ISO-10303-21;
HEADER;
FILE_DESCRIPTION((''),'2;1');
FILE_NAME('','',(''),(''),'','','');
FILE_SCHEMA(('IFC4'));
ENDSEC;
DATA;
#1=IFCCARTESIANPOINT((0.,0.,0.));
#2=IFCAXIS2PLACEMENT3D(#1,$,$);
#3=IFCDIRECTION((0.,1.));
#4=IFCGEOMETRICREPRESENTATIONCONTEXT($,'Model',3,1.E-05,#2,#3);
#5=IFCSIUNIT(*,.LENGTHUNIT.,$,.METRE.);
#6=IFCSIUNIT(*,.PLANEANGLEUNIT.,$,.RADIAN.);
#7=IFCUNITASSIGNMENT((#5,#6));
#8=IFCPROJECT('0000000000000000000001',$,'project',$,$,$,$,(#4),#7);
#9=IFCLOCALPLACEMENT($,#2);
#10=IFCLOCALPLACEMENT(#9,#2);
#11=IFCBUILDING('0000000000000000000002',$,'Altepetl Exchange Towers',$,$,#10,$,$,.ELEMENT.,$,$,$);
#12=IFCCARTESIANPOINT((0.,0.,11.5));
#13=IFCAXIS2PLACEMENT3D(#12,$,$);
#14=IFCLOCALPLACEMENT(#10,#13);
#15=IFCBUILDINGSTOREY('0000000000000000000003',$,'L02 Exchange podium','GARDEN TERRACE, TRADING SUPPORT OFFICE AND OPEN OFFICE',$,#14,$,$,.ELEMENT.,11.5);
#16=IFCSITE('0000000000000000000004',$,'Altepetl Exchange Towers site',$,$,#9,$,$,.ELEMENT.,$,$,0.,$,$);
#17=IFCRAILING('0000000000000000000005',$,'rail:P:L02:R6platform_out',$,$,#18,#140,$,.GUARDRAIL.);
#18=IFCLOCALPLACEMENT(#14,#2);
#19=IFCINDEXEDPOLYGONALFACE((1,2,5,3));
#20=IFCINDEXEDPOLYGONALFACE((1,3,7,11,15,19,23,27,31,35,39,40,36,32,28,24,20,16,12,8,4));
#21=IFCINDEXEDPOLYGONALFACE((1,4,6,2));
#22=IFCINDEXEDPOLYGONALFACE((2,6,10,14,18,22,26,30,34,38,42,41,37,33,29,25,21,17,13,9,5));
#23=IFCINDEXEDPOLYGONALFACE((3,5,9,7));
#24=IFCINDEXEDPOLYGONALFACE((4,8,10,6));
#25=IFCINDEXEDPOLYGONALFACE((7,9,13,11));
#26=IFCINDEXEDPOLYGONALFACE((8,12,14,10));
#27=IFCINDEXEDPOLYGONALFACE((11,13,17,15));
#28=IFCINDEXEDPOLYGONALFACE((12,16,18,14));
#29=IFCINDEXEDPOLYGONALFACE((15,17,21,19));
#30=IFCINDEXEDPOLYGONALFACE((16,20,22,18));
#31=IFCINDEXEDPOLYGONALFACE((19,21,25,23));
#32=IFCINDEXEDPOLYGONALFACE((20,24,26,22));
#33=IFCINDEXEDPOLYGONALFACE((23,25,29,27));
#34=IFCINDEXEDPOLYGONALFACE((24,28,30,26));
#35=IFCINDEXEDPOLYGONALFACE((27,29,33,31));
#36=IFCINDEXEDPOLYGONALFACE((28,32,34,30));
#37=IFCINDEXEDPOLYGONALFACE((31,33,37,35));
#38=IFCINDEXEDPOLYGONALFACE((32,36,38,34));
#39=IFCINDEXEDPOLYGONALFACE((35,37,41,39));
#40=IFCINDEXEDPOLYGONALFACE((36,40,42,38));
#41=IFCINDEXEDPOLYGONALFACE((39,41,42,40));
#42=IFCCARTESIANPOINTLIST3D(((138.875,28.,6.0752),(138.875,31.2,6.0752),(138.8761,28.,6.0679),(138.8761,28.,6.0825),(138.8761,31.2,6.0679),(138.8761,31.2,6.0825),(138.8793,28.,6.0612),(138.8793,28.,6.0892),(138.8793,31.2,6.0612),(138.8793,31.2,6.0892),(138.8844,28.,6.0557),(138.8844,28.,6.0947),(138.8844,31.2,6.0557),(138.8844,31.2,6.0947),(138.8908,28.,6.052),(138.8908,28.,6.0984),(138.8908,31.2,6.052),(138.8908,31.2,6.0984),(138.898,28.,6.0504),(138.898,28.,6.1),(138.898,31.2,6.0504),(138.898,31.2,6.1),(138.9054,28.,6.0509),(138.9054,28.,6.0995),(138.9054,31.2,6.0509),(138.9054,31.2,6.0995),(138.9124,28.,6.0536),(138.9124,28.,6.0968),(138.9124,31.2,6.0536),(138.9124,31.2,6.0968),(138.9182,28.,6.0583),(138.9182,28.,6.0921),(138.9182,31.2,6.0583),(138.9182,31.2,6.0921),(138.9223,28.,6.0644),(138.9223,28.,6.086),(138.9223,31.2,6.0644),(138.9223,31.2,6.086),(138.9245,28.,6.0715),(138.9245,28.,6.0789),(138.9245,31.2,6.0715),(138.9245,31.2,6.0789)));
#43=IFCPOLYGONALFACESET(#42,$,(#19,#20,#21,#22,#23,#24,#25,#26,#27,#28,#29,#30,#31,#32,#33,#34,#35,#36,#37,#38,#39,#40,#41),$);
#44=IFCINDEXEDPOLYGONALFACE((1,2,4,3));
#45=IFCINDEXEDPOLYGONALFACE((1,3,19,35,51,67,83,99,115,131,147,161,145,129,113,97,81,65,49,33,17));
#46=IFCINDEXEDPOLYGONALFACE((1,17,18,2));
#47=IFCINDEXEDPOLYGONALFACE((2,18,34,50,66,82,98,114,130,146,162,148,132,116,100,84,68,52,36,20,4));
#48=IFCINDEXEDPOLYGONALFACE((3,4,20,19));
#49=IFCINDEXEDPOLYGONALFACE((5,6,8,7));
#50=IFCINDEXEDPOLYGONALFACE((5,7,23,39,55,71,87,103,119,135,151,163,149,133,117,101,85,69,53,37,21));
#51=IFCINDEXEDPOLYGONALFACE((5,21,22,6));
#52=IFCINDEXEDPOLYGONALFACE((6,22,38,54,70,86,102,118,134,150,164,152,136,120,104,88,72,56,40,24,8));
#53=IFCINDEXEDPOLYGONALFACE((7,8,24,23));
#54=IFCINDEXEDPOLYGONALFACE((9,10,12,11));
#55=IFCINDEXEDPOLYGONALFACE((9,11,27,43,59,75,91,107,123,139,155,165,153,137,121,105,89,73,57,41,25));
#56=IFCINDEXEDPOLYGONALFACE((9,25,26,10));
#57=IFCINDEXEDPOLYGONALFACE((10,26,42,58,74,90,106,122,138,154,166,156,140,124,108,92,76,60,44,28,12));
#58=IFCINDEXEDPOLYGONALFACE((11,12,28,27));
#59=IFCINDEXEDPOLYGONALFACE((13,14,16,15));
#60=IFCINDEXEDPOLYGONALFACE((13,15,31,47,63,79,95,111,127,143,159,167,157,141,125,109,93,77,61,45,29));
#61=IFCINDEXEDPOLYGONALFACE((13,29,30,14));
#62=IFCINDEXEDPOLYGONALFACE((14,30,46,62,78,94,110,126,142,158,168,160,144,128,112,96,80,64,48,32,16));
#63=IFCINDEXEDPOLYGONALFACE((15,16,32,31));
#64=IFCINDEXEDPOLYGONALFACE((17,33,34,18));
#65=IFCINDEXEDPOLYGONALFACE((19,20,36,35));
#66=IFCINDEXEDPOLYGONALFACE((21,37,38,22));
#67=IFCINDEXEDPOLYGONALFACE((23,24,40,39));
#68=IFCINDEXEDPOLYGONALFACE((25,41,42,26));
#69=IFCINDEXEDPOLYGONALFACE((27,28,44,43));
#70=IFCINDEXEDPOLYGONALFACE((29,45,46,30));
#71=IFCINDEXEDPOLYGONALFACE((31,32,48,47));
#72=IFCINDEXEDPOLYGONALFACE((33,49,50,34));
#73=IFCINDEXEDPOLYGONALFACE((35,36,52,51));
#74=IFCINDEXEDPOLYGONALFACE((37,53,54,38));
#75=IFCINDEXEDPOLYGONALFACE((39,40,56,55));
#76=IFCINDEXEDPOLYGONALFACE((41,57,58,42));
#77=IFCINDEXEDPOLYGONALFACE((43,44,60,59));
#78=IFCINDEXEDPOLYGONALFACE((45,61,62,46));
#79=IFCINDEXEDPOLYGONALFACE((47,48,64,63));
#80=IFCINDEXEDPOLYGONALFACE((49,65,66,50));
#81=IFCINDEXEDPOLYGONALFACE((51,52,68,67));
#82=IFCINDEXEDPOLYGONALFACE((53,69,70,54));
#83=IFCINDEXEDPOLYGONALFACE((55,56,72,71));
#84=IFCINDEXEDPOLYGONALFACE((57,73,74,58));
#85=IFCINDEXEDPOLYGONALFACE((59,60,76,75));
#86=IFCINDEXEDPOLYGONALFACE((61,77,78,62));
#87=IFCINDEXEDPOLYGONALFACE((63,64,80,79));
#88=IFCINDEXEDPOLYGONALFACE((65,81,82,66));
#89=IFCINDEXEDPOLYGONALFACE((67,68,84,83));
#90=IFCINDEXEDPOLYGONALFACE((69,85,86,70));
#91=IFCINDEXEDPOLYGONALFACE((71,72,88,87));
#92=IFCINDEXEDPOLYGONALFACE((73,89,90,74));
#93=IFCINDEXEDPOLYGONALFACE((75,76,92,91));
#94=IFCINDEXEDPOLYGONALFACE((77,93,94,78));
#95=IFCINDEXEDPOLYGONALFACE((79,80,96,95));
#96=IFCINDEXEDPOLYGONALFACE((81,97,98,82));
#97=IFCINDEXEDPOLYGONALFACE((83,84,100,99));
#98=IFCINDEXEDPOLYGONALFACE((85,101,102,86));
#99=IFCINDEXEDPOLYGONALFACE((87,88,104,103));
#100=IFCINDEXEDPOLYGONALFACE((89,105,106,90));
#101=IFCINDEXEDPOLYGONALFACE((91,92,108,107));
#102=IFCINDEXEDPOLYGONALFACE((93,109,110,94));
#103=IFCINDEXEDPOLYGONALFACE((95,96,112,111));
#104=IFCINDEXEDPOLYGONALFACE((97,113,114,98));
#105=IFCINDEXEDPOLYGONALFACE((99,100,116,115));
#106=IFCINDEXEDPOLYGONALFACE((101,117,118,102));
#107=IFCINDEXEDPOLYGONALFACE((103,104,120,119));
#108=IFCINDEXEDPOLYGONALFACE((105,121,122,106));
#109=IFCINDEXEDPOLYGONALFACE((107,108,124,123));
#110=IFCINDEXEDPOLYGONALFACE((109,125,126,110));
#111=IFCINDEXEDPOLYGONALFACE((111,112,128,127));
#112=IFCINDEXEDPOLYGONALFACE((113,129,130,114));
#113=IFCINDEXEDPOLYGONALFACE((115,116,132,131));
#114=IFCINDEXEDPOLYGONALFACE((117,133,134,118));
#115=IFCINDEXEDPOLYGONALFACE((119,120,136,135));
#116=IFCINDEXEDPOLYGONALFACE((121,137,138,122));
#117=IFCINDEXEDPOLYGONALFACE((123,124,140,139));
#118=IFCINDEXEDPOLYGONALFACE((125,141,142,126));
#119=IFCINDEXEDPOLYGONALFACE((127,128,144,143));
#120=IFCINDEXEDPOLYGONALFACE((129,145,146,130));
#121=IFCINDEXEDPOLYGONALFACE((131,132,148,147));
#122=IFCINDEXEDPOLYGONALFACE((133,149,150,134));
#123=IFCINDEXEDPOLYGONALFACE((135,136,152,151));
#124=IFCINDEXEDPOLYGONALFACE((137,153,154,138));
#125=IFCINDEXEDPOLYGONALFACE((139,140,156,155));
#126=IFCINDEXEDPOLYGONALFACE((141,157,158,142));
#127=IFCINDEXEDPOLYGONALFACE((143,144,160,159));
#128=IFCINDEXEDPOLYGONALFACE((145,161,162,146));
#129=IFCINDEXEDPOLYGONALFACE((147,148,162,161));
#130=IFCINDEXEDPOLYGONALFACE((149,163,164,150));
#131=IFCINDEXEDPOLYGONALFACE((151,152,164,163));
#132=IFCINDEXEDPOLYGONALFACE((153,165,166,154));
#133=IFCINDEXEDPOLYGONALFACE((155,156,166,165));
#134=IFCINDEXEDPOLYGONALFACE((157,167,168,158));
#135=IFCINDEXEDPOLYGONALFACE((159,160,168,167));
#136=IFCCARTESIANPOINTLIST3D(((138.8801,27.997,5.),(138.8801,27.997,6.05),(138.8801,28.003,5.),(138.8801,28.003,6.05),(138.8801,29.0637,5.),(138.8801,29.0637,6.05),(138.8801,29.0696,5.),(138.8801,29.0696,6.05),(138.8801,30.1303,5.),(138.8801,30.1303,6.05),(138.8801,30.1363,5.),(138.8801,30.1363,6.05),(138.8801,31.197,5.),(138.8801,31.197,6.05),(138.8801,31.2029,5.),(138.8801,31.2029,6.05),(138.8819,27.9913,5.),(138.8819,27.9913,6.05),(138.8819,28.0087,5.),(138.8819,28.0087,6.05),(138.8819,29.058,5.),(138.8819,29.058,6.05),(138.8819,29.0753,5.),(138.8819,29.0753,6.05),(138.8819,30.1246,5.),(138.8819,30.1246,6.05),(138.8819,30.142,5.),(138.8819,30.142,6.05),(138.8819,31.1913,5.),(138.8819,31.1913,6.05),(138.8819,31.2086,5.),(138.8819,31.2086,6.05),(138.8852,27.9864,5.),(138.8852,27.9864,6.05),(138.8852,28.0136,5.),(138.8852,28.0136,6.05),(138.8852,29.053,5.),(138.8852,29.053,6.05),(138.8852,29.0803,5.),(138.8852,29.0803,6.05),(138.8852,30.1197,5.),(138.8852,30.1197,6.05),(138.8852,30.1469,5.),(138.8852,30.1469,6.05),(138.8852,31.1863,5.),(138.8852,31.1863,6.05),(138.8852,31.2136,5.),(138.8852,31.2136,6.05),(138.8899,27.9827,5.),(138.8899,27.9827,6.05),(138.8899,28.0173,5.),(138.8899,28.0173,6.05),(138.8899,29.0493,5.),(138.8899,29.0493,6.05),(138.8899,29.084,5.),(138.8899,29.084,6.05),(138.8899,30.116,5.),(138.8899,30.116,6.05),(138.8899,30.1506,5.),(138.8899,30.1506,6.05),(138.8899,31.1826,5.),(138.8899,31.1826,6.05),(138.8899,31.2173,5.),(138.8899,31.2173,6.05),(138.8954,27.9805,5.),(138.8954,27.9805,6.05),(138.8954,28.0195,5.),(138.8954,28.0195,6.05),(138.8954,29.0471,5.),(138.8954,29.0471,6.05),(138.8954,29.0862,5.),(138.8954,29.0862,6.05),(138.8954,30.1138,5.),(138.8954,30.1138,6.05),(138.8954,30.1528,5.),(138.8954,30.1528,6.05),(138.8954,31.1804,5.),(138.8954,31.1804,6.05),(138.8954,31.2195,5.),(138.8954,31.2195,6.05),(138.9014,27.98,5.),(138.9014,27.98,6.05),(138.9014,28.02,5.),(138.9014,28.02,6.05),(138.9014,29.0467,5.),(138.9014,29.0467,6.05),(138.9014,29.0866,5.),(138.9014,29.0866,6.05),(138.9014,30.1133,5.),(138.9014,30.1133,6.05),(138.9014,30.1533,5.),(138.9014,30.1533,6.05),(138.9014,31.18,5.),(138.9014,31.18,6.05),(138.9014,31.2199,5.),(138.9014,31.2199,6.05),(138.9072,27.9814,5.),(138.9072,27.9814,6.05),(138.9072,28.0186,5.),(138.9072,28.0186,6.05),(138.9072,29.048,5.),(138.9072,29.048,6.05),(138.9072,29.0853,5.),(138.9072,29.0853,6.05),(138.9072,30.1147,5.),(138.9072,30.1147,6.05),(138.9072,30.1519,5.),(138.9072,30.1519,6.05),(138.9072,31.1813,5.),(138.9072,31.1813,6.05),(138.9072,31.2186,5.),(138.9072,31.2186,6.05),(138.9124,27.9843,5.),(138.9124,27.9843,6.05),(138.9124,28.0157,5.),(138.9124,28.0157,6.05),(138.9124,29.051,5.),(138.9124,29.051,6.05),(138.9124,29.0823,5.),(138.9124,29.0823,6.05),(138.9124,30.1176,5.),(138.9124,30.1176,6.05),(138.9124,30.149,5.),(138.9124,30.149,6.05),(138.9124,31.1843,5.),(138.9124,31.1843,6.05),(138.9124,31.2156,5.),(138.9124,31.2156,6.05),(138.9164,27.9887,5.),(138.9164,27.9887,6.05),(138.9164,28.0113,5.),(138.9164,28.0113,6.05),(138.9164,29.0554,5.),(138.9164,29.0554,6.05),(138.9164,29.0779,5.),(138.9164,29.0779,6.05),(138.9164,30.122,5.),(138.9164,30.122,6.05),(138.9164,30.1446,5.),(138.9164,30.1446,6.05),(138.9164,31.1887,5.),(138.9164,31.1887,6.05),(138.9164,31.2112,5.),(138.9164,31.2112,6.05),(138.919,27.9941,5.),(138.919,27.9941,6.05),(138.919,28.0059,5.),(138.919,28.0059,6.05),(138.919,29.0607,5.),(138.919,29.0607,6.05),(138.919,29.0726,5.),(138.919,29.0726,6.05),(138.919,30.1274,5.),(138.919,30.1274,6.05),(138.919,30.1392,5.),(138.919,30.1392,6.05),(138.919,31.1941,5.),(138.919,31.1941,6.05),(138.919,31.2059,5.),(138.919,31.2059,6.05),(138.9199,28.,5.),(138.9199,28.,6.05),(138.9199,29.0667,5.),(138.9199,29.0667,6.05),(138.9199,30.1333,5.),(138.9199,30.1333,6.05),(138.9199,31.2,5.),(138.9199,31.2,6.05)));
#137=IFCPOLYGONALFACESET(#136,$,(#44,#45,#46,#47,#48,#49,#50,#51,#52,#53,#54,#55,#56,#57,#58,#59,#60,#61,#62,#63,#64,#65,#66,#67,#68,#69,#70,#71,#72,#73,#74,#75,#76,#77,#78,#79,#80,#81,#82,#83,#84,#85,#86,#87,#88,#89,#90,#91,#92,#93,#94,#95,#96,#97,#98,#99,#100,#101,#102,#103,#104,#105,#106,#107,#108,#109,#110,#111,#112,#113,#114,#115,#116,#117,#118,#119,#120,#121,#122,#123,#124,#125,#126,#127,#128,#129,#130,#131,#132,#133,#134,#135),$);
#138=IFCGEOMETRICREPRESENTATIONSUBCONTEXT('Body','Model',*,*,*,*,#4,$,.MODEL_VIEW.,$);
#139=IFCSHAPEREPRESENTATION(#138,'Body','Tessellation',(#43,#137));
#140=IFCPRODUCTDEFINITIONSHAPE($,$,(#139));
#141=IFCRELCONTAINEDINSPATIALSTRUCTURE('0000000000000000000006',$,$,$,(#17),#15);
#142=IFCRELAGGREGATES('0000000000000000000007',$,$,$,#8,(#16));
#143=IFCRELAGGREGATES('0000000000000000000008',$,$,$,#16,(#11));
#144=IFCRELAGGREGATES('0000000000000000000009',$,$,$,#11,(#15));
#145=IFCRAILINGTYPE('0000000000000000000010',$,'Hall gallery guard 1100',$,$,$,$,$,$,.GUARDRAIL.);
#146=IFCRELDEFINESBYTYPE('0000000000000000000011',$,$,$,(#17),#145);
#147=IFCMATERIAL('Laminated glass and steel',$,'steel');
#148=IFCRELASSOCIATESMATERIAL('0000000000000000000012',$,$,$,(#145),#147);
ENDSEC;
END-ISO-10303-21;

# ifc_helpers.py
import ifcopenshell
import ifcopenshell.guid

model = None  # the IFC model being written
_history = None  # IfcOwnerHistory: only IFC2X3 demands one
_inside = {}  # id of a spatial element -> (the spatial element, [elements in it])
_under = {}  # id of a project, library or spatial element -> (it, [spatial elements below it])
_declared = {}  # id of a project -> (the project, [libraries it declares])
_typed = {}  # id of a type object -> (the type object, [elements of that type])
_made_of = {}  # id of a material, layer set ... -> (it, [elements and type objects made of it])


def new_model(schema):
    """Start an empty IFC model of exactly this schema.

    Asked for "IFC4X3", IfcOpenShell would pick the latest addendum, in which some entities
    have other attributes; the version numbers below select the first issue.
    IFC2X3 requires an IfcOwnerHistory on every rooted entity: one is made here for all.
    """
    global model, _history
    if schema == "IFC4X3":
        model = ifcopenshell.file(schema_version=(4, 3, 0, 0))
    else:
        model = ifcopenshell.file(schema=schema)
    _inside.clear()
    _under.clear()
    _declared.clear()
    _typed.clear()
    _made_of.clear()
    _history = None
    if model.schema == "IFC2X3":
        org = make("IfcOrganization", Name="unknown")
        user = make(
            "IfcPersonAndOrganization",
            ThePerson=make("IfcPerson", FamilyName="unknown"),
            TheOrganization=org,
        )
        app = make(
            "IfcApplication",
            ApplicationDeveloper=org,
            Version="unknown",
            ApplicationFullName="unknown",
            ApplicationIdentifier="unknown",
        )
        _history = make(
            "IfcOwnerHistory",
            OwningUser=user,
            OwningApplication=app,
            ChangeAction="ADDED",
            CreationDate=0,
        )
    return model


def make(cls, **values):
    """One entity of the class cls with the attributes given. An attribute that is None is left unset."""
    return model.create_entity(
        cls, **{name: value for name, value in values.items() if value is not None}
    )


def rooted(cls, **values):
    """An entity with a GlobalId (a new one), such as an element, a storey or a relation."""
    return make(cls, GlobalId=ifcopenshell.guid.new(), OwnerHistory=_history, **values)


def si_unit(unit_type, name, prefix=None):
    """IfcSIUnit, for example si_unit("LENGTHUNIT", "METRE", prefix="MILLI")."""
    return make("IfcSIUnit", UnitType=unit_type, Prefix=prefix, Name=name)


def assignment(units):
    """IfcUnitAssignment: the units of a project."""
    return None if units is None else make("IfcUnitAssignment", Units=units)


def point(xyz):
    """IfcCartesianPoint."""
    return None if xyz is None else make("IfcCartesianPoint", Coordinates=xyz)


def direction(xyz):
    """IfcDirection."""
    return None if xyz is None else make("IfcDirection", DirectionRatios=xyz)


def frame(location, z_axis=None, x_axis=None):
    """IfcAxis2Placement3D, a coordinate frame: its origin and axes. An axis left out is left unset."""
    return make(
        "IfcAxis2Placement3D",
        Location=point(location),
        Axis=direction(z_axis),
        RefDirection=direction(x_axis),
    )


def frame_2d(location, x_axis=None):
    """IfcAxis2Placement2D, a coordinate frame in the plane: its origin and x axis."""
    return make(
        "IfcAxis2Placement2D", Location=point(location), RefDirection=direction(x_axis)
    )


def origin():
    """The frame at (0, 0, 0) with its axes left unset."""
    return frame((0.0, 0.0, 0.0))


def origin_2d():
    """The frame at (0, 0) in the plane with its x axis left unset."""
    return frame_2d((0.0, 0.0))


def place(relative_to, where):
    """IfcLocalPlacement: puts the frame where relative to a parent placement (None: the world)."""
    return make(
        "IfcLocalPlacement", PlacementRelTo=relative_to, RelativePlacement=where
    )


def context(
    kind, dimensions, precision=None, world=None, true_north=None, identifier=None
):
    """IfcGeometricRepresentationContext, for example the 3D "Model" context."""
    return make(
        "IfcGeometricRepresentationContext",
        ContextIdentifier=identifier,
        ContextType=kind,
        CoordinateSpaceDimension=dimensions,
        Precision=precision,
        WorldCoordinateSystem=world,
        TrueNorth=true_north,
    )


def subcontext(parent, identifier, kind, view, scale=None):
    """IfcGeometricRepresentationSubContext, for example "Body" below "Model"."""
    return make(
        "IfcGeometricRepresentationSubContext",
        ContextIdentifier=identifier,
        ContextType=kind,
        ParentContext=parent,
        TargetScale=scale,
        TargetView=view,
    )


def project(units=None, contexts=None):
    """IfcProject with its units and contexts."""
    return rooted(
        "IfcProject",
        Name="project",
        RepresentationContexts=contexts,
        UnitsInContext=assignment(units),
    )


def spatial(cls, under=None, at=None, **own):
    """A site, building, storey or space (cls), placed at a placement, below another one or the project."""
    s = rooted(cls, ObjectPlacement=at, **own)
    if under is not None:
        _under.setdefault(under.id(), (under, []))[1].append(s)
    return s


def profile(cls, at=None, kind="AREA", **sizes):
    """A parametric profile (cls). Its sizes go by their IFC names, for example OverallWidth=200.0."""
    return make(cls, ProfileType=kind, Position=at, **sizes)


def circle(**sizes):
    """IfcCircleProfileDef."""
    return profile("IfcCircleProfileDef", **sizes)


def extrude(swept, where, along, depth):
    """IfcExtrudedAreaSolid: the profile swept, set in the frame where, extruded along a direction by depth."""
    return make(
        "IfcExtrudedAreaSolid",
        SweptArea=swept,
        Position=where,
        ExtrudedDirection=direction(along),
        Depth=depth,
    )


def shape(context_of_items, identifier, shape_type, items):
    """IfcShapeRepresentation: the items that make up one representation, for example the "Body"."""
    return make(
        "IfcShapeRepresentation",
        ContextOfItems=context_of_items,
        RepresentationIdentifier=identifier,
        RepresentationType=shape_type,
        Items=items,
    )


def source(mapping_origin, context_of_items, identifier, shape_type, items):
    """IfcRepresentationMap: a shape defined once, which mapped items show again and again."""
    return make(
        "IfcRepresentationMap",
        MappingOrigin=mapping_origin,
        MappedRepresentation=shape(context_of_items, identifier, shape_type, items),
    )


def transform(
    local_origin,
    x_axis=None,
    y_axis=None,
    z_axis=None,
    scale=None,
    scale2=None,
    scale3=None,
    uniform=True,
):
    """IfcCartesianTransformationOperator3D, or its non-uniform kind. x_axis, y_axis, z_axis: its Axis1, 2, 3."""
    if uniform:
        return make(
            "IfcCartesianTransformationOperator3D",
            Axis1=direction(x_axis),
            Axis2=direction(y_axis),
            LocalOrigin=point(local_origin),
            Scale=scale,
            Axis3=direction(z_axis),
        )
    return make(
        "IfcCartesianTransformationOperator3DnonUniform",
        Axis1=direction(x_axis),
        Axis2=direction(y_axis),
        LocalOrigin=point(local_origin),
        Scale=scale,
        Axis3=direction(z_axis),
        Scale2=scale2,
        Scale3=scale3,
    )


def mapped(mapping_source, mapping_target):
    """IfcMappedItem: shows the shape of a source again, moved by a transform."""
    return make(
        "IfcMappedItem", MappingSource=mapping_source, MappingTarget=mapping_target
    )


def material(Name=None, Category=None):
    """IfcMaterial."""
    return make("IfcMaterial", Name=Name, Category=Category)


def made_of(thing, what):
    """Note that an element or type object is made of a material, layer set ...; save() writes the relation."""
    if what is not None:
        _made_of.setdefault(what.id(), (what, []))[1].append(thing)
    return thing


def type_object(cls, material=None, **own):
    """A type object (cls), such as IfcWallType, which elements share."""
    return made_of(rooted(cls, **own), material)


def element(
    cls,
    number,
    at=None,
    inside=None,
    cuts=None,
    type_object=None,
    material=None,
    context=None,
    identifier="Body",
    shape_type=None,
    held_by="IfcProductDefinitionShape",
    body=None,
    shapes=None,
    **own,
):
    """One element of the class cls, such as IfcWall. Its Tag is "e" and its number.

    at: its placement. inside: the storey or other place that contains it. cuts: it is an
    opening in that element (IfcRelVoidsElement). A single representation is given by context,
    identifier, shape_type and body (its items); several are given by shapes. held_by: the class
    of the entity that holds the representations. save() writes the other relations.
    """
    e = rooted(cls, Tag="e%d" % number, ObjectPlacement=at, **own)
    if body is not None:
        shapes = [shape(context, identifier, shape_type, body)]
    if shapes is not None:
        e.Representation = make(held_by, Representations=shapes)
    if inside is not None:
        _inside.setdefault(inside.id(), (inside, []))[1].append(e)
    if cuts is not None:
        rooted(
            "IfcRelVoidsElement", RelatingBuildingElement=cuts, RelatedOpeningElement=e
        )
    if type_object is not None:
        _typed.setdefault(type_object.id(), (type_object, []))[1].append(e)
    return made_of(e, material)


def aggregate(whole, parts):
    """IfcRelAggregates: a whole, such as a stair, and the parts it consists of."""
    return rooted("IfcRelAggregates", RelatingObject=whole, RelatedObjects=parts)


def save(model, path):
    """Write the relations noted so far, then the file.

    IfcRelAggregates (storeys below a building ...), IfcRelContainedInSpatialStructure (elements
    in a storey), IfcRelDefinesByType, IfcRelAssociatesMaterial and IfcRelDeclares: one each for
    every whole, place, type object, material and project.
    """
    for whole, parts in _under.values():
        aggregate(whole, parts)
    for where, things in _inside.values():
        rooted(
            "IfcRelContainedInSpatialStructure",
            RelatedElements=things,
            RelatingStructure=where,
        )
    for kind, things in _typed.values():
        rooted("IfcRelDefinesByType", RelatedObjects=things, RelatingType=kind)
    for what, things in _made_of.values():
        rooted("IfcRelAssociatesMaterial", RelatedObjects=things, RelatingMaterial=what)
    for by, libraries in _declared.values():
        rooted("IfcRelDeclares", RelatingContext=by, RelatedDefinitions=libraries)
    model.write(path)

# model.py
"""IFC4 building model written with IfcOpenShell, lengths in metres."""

from ifc_helpers import new_model, si_unit, direction, frame, origin, origin_2d, place, context, subcontext, project, spatial, circle, extrude, source, transform, mapped, material, type_object, element, save


model = new_model("IFC4")

# Units and contexts
model_context = context("Model", 3, precision=1e-05, world=origin(), true_north=direction((0.0, 1.0)))
body_context = subcontext(model_context, "Body", "Model", "MODEL_VIEW")
ifc_project = project(units=[si_unit("LENGTHUNIT", "METRE"), si_unit("PLANEANGLEUNIT", "RADIAN")], contexts=[model_context])

# Site, building, storey
site_placement = place(None, origin())
site = spatial("IfcSite", under=ifc_project, at=site_placement, Name="Altepetl Exchange Towers site", CompositionType="ELEMENT", RefElevation=0.0)
building_placement = place(site_placement, origin())
building = spatial("IfcBuilding", under=site, at=building_placement, Name="Altepetl Exchange Towers", CompositionType="ELEMENT")
storey_placement = place(building_placement, frame((0.0, 0.0, 11.5)))
storey = spatial("IfcBuildingStorey", under=building, at=storey_placement, Name="L02 Exchange podium", Description="GARDEN TERRACE, TRADING SUPPORT OFFICE AND OPEN OFFICE", CompositionType="ELEMENT", Elevation=11.5)

# Railing
ifc_material_1 = material(Name="Laminated glass and steel", Category="steel")
railing_type_1 = type_object("IfcRailingType", Name="Hall gallery guard 1100", PredefinedType="GUARDRAIL", material=ifc_material_1)
shared_shape_1 = source(origin(), body_context, "Body", "SweptSolid", [
    extrude(circle(Radius=0.02, at=origin_2d()), origin(), (0.0, 0.0, 1.0), 1.05),
])
railing_1_placement = place(storey_placement, frame((138.8999, 28.0, 5.0)))
element("IfcRailing", 1, at=railing_1_placement, inside=storey, type_object=railing_type_1, Name="rail:P:L02:R6platform_out", PredefinedType="GUARDRAIL", context=body_context, shape_type="SweptSolid", body=[
    extrude(circle(Radius=0.0249, at=origin_2d()), frame((0.0, 0.0, 1.0752), z_axis=(0.0, 1.0, 0.0), x_axis=(-1.0, 0.0, 0.0)), (0.0, 0.0, 1.0), 3.2),
    mapped(shared_shape_1, transform((0.0, 0.0, 0.0))),
    mapped(shared_shape_1, transform((0.0, 1.0667, 0.0))),
    mapped(shared_shape_1, transform((0.0, 2.1333, 0.0))),
    mapped(shared_shape_1, transform((0.0, 3.2, 0.0))),
])

save(model, "model.ifc")
